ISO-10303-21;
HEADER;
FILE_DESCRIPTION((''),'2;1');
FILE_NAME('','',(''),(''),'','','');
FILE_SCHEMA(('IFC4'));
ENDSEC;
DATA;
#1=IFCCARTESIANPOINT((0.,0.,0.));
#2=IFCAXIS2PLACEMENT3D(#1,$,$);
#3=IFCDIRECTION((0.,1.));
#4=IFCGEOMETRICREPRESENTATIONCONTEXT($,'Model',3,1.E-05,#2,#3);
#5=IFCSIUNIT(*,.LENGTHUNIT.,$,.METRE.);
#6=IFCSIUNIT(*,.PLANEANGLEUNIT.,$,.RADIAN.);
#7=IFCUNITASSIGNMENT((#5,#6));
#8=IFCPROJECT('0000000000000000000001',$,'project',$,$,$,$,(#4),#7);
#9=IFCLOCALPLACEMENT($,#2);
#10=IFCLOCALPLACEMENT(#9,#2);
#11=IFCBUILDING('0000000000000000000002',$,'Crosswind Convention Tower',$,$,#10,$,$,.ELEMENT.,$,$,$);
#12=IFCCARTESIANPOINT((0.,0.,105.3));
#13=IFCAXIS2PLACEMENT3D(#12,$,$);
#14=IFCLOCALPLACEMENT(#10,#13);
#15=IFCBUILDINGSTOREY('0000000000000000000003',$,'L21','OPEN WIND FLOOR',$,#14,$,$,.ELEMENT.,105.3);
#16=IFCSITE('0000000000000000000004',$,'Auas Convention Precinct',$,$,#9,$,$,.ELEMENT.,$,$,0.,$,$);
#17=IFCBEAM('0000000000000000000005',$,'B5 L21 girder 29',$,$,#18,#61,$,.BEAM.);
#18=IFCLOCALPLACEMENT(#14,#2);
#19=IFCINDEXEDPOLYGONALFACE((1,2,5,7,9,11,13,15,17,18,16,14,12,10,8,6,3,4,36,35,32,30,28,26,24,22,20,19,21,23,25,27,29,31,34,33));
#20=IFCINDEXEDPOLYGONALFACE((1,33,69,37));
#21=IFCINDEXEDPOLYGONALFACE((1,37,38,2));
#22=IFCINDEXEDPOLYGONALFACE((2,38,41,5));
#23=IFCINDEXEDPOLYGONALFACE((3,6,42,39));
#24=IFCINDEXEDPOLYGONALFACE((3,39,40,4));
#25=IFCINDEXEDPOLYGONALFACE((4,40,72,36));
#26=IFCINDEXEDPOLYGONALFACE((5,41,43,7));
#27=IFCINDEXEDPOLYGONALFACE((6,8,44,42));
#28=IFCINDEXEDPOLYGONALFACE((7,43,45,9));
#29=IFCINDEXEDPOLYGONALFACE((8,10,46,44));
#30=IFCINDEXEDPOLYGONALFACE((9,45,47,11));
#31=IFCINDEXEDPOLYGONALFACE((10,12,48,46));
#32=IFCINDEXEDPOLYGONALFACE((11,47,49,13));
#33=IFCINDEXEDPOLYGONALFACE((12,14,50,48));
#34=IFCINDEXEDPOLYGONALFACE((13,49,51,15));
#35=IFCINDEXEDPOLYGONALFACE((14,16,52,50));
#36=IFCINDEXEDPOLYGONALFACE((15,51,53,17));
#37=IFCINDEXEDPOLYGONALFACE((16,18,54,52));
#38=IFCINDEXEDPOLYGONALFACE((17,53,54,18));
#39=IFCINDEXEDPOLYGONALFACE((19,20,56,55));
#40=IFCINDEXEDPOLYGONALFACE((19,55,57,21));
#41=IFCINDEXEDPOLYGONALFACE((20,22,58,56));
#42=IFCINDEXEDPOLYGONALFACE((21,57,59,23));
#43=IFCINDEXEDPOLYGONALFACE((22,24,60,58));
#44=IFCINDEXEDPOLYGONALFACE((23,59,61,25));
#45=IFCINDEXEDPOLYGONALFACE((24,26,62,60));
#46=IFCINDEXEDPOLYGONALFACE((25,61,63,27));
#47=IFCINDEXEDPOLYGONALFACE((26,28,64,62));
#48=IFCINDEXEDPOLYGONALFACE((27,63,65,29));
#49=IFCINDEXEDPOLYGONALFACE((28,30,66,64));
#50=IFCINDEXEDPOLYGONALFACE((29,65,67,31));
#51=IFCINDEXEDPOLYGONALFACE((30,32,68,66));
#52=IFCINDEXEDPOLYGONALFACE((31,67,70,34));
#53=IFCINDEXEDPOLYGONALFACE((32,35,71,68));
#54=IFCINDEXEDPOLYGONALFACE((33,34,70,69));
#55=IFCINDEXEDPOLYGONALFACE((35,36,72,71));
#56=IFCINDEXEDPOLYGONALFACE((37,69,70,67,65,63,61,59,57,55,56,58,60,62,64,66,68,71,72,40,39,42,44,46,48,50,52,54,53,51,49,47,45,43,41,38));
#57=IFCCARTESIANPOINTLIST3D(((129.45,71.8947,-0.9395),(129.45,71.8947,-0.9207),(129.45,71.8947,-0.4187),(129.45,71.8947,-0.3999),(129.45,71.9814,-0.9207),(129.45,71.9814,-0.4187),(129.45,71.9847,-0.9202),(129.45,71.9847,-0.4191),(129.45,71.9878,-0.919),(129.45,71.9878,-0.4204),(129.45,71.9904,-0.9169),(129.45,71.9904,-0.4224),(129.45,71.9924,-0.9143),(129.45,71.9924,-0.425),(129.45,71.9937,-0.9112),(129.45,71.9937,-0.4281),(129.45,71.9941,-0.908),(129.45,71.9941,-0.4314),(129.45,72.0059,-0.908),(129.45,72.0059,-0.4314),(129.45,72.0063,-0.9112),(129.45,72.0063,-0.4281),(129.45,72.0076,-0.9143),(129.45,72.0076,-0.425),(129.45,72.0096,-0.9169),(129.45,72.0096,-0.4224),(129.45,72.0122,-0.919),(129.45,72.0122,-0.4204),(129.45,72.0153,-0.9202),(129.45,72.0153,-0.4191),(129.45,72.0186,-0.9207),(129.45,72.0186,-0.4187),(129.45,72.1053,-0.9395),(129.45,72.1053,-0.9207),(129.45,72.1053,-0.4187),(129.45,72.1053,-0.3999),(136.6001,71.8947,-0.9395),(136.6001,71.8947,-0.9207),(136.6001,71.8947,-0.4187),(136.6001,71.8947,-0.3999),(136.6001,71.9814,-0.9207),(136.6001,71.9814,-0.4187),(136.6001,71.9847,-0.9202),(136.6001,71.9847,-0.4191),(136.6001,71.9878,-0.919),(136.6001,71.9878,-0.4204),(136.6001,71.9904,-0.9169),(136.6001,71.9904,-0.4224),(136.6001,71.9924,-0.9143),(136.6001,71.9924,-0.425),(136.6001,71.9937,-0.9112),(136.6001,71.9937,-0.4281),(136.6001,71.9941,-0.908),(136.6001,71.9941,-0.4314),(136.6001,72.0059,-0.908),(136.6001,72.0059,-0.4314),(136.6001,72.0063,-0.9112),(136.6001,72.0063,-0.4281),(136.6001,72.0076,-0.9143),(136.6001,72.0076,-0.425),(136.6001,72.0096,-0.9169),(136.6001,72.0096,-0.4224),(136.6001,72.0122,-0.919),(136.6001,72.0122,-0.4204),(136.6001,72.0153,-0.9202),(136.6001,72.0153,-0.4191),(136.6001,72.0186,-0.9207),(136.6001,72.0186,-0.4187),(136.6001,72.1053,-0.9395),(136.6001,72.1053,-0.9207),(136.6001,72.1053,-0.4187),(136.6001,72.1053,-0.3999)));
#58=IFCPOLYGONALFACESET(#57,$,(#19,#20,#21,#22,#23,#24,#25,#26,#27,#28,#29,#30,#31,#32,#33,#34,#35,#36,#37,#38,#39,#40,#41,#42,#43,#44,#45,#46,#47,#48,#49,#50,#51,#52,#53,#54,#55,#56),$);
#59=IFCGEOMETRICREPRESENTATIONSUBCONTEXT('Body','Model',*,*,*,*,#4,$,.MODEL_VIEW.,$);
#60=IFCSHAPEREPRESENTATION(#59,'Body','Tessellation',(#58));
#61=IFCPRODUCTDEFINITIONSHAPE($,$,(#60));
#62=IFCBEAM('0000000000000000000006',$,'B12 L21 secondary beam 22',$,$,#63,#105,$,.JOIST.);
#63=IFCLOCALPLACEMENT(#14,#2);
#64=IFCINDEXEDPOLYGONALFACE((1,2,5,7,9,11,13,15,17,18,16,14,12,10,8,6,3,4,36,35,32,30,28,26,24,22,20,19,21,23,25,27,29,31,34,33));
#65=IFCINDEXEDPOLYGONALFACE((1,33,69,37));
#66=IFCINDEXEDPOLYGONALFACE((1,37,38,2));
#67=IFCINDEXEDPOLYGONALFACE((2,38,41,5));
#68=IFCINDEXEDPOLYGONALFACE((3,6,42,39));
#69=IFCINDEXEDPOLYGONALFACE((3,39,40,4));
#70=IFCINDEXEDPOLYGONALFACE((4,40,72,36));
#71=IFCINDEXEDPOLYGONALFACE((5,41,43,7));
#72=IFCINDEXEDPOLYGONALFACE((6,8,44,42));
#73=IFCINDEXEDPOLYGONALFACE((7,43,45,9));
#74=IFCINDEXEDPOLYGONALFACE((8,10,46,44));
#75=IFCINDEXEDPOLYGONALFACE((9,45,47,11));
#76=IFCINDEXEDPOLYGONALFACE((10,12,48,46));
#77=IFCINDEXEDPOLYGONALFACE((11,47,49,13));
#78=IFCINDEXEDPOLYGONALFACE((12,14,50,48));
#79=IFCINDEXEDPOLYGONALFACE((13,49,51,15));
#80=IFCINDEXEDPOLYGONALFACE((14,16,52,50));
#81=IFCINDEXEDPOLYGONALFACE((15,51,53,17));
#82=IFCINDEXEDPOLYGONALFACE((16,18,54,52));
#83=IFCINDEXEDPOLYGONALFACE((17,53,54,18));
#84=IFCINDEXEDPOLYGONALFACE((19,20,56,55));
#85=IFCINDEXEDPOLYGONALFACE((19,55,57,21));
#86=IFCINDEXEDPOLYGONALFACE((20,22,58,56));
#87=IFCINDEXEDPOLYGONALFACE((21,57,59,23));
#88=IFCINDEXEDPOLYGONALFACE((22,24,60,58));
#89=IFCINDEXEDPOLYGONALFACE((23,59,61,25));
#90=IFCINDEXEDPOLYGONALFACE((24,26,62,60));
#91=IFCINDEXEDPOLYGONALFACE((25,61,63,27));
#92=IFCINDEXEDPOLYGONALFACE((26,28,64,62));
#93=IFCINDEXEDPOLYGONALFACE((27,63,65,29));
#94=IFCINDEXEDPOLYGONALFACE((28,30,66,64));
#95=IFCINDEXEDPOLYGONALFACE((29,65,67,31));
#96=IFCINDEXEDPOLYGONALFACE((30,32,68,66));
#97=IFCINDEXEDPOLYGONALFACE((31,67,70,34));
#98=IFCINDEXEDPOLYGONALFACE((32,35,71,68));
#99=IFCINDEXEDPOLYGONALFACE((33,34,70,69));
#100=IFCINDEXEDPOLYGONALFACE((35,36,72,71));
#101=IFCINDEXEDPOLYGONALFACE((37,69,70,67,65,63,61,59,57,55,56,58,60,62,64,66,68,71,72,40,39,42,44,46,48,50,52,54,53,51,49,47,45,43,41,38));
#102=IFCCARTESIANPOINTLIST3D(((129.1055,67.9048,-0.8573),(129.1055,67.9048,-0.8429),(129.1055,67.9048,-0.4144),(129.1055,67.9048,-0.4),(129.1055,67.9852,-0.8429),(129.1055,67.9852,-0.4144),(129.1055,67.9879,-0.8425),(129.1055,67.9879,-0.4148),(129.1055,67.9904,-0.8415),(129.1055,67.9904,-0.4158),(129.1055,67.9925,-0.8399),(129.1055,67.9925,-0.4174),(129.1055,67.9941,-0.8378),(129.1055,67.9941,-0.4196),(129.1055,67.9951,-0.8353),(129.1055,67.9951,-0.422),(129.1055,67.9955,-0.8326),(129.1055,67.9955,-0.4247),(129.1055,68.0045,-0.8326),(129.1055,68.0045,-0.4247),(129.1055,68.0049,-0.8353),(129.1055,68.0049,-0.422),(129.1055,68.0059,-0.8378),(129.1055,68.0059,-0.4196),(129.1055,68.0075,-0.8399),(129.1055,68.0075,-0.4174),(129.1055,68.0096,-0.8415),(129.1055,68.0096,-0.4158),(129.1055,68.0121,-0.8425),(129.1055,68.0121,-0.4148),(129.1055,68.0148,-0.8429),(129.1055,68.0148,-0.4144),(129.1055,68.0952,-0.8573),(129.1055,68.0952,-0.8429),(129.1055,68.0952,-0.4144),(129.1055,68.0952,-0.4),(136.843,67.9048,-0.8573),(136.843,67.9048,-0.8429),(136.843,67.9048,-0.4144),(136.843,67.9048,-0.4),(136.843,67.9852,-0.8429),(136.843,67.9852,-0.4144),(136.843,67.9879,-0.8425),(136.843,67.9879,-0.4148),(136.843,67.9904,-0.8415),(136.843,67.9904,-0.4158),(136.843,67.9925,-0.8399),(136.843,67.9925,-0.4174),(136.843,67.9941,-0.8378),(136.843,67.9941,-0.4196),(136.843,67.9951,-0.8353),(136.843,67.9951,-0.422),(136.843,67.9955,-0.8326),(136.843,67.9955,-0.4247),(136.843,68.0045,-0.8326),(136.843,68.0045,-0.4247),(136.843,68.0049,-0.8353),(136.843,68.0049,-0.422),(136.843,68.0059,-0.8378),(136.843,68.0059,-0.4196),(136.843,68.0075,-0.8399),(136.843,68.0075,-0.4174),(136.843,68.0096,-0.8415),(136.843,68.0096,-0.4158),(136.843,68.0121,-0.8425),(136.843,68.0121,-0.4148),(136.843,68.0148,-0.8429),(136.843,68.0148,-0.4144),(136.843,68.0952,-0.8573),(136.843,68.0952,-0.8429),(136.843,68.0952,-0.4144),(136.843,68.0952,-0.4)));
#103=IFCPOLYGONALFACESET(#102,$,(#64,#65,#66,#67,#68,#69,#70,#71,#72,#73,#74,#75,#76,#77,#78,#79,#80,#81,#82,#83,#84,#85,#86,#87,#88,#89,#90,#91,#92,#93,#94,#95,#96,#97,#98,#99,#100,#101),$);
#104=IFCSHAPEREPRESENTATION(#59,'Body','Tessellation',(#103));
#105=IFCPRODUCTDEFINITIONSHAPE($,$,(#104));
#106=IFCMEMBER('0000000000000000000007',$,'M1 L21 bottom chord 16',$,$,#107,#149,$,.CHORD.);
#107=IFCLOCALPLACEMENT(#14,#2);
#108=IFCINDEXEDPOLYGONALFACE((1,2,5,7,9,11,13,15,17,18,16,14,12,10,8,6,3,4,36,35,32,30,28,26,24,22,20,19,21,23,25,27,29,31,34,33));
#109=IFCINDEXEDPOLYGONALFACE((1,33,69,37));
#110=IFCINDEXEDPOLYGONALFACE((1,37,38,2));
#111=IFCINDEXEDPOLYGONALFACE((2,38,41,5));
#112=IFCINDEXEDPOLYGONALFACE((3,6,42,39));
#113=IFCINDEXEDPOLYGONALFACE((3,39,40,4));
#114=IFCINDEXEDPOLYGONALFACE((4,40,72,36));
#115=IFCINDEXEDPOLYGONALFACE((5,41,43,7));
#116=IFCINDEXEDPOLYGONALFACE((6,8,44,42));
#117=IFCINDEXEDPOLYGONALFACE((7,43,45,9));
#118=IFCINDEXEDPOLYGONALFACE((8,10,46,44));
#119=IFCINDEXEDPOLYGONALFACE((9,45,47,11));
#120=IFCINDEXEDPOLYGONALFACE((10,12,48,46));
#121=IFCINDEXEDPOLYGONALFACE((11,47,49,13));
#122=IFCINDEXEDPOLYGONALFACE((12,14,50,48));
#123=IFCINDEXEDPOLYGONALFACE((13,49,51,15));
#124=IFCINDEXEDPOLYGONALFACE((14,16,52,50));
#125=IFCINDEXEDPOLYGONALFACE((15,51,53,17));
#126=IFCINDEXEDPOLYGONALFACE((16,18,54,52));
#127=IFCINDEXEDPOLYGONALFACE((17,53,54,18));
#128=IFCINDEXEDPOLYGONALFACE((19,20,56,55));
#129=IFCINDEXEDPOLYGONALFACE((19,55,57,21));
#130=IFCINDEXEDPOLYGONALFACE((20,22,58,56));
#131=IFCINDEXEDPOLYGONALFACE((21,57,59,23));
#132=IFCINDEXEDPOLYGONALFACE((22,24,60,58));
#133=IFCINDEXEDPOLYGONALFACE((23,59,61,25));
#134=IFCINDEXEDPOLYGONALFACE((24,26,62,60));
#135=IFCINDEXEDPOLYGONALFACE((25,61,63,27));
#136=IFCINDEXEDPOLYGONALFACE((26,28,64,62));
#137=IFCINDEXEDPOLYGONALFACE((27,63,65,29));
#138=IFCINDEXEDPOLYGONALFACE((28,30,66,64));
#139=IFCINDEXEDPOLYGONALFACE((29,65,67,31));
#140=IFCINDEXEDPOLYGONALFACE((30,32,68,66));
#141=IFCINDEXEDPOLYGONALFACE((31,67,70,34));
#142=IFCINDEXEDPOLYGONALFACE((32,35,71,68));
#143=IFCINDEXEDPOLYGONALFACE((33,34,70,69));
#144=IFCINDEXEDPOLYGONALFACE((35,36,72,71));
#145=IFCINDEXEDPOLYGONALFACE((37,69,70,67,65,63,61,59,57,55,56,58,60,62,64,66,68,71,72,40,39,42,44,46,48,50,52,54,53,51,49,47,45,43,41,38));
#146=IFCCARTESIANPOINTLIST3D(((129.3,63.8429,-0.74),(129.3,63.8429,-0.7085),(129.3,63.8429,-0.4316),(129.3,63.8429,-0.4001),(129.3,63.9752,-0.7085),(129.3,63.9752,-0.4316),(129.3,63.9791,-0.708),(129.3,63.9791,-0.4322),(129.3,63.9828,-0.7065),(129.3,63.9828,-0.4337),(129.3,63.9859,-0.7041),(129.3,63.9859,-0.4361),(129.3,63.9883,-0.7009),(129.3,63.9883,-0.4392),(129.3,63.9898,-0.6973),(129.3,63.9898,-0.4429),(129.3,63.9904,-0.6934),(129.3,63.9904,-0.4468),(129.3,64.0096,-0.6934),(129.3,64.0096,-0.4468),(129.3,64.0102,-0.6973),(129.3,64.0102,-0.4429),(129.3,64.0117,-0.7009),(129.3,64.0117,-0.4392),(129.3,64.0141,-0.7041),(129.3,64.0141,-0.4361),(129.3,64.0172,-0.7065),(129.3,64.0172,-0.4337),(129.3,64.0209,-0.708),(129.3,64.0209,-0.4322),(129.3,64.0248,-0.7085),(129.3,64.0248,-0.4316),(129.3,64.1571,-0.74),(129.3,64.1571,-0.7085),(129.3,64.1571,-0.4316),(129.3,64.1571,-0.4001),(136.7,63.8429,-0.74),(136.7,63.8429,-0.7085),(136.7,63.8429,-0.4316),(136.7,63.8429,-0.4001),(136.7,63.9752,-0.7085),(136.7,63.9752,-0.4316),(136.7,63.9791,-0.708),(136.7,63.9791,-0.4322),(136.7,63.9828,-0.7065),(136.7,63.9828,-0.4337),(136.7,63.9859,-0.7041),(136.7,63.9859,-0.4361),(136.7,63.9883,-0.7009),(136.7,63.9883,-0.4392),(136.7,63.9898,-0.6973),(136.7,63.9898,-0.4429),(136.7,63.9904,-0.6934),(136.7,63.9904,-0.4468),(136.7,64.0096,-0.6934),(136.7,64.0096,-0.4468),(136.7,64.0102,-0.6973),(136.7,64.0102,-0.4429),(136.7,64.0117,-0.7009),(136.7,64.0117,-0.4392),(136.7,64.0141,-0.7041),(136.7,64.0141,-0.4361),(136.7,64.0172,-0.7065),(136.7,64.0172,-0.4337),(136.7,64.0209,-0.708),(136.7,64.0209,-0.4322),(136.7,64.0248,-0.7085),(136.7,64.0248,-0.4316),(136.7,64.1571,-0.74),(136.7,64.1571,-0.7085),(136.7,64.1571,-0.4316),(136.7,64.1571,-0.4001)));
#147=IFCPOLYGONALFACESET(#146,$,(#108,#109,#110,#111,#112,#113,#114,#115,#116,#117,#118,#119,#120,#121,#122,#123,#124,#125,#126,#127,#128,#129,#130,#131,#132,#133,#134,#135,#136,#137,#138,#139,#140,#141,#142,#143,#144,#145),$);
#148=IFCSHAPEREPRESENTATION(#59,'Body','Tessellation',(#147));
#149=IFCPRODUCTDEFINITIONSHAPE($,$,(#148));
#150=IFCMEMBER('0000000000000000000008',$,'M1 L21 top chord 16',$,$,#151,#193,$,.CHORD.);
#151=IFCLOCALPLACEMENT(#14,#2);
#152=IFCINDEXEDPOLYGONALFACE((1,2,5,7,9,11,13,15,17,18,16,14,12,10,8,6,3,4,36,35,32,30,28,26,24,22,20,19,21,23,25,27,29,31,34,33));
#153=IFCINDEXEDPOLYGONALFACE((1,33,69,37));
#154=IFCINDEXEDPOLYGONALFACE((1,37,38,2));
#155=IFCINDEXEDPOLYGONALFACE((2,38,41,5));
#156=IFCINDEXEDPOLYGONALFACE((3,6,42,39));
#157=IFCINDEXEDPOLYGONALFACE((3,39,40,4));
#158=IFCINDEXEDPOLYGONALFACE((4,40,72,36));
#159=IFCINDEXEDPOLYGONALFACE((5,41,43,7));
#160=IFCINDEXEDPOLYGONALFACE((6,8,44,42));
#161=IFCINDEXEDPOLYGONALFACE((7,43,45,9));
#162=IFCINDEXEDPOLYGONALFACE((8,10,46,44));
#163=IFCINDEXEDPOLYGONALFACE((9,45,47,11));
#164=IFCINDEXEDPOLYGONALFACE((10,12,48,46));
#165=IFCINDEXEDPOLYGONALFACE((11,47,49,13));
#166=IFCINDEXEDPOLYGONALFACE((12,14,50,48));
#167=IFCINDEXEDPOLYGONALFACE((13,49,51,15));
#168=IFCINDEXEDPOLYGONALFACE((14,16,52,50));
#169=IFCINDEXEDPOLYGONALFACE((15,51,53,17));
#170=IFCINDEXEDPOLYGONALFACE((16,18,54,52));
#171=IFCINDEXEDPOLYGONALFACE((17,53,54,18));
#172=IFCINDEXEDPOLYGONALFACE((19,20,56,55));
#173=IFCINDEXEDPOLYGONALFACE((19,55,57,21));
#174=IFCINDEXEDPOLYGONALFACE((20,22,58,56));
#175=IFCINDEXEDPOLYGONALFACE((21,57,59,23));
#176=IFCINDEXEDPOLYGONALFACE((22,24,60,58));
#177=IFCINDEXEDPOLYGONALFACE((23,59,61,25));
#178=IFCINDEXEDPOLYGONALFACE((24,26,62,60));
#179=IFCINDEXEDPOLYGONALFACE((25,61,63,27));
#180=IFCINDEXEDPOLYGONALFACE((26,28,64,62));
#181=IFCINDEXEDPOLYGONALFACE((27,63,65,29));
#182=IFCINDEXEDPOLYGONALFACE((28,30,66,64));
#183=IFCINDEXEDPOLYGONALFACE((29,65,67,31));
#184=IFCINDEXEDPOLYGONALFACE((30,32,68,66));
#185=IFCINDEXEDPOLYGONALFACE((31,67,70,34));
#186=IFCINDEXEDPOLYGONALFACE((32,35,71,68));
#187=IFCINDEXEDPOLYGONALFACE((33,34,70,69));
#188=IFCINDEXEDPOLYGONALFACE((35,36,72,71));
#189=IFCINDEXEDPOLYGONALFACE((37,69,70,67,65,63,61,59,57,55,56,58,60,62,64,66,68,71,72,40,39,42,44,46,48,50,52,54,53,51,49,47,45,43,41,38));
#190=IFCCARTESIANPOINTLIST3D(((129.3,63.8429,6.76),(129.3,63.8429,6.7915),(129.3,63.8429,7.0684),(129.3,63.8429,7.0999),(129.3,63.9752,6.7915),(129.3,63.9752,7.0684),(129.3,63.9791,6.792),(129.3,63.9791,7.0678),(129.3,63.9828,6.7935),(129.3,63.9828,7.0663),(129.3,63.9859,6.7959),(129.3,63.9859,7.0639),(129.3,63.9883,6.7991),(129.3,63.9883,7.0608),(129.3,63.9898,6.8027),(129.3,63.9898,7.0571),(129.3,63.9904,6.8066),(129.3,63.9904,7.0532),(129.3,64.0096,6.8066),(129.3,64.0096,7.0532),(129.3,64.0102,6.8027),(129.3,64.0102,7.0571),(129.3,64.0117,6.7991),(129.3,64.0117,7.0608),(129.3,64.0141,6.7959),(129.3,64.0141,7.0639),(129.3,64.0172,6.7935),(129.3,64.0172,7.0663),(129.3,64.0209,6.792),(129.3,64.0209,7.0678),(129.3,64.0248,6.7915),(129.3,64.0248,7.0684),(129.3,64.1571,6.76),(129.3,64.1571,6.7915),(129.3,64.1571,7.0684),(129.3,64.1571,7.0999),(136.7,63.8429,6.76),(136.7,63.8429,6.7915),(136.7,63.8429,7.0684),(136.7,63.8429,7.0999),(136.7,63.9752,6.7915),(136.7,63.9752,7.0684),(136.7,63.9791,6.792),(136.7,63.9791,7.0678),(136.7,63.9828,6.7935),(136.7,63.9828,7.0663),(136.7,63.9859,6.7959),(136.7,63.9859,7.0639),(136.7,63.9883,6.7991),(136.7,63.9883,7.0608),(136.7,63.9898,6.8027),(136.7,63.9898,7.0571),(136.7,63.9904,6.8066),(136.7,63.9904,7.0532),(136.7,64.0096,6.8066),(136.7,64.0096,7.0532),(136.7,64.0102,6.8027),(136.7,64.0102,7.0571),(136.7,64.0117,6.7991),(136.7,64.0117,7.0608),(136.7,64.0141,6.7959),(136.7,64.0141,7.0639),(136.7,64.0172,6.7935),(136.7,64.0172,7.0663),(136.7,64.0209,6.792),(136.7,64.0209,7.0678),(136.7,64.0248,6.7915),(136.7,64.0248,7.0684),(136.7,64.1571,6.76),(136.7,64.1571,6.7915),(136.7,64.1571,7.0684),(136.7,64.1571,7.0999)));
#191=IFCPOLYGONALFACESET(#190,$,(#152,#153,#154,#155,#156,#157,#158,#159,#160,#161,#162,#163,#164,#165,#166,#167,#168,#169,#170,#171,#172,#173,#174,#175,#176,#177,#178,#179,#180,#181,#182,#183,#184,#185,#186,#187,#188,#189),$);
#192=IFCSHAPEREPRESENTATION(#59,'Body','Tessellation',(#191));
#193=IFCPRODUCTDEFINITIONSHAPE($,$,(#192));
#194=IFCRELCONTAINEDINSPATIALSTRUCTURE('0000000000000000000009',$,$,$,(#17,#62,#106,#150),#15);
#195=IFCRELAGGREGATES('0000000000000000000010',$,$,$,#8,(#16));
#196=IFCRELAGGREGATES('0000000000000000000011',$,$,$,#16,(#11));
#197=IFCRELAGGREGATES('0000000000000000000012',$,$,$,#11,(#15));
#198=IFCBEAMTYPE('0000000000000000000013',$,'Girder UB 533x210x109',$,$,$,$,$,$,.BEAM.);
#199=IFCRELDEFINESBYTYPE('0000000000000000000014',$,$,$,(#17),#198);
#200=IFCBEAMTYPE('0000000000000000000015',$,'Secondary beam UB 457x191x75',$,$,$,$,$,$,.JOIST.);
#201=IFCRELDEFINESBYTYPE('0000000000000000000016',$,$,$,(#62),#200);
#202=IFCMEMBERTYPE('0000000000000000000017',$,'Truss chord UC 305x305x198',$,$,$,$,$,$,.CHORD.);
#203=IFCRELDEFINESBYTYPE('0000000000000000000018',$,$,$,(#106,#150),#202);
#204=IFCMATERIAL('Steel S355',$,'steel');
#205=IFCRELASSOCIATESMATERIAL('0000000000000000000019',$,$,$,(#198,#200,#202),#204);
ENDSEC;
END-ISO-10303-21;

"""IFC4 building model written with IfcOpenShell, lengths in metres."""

from ifc_helpers import new_model, si_unit, direction, frame, origin, origin_2d, place, context, subcontext, project, spatial, i_section, extrude, material, material_profile, profile_set, type_object, element, save


model = new_model("IFC4")

# Units and contexts
model_context = context("Model", 3, precision=1e-05, world=origin(), true_north=direction((0.0, 1.0)))
body_context = subcontext(model_context, "Body", "Model", "MODEL_VIEW")
ifc_project = project(units=[si_unit("LENGTHUNIT", "METRE"), si_unit("PLANEANGLEUNIT", "RADIAN")], contexts=[model_context])

# Site, building, storey
site_placement = place(None, origin())
site = spatial("IfcSite", under=ifc_project, at=site_placement, Name="Auas Convention Precinct", CompositionType="ELEMENT", RefElevation=0.0)
building_placement = place(site_placement, origin())
building = spatial("IfcBuilding", under=site, at=building_placement, Name="Crosswind Convention Tower", CompositionType="ELEMENT")
storey_placement = place(building_placement, frame((0.0, 0.0, 105.3)))
storey = spatial("IfcBuildingStorey", under=building, at=storey_placement, Name="L21", Description="OPEN WIND FLOOR", CompositionType="ELEMENT", Elevation=105.3)

# Beams
ifc_material_1 = material(Name="Steel S355", Category="steel")
ifc_material_profile_1 = material_profile(ifc_material_1, i_section(OverallWidth=0.2107, OverallDepth=0.5396, WebThickness=0.0117, FlangeThickness=0.0188, FilletRadius=0.0127, at=origin_2d()), Name="UB 533x210x109")
ifc_profile_set_1 = profile_set([ifc_material_profile_1], Name="Steel S355")
beam_type_1 = type_object("IfcBeamType", Name="Girder UB 533x210x109", PredefinedType="BEAM", material=ifc_profile_set_1)
beam_1_placement = place(storey_placement, frame((129.45, 72.0, -0.6697), z_axis=(1.0, 0.0, 0.0), x_axis=(0.0, 1.0, 0.0)))
element("IfcBeam", 1, at=beam_1_placement, inside=storey, type_object=beam_type_1, Name="B5 L21 girder 29", PredefinedType="BEAM", context=body_context, shape_type="SweptSolid", body=[
    extrude(i_section(OverallWidth=0.2107, OverallDepth=0.5396, WebThickness=0.0117, FlangeThickness=0.0188, FilletRadius=0.0127, at=origin_2d()), origin(), (0.0, 0.0, 1.0), 7.1501),
])
ifc_material_profile_2 = material_profile(ifc_material_1, i_section(OverallWidth=0.1904, OverallDepth=0.4573, WebThickness=0.009, FlangeThickness=0.0144, FilletRadius=0.0103, at=origin_2d()), Name="UB 457x191x75")
ifc_profile_set_2 = profile_set([ifc_material_profile_2], Name="Steel S355")
beam_type_2 = type_object("IfcBeamType", Name="Secondary beam UB 457x191x75", PredefinedType="JOIST", material=ifc_profile_set_2)
beam_2_placement = place(storey_placement, frame((129.1055, 68.0, -0.6287), z_axis=(1.0, 0.0, 0.0), x_axis=(0.0, 1.0, 0.0)))
element("IfcBeam", 2, at=beam_2_placement, inside=storey, type_object=beam_type_2, Name="B12 L21 secondary beam 22", PredefinedType="JOIST", context=body_context, shape_type="SweptSolid", body=[
    extrude(i_section(OverallWidth=0.1904, OverallDepth=0.4573, WebThickness=0.009, FlangeThickness=0.0144, FilletRadius=0.0103, at=origin_2d()), origin(), (0.0, 0.0, 1.0), 7.7375),
])

# Members
ifc_material_profile_3 = material_profile(ifc_material_1, i_section(OverallWidth=0.3142, OverallDepth=0.3398, WebThickness=0.0193, FlangeThickness=0.0315, FilletRadius=0.0151, at=origin_2d()), Name="UC 305x305x198")
ifc_profile_set_3 = profile_set([ifc_material_profile_3], Name="Steel S355")
member_type_1 = type_object("IfcMemberType", Name="Truss chord UC 305x305x198", PredefinedType="CHORD", material=ifc_profile_set_3)
for number, where, z_axis, x_axis, name in (
    (3, (129.3, 64.0, -0.5701), (1.0, 0.0, 0.0), (0.0, 1.0, 0.0), "M1 L21 bottom chord 16"),
    (4, (129.3, 64.0, 6.9299), (1.0, 0.0, 0.0), (0.0, 1.0, 0.0), "M1 L21 top chord 16"),
):
    element("IfcMember", number, at=place(storey_placement, frame(where, z_axis=z_axis, x_axis=x_axis)), inside=storey, type_object=member_type_1, Name=name, PredefinedType="CHORD", context=body_context, shape_type="SweptSolid", body=[
        extrude(i_section(OverallWidth=0.3142, OverallDepth=0.3398, WebThickness=0.0193, FlangeThickness=0.0315, FilletRadius=0.0151, at=origin_2d()), origin(), (0.0, 0.0, 1.0), 7.3999),
    ])

save(model, "model.ifc")
